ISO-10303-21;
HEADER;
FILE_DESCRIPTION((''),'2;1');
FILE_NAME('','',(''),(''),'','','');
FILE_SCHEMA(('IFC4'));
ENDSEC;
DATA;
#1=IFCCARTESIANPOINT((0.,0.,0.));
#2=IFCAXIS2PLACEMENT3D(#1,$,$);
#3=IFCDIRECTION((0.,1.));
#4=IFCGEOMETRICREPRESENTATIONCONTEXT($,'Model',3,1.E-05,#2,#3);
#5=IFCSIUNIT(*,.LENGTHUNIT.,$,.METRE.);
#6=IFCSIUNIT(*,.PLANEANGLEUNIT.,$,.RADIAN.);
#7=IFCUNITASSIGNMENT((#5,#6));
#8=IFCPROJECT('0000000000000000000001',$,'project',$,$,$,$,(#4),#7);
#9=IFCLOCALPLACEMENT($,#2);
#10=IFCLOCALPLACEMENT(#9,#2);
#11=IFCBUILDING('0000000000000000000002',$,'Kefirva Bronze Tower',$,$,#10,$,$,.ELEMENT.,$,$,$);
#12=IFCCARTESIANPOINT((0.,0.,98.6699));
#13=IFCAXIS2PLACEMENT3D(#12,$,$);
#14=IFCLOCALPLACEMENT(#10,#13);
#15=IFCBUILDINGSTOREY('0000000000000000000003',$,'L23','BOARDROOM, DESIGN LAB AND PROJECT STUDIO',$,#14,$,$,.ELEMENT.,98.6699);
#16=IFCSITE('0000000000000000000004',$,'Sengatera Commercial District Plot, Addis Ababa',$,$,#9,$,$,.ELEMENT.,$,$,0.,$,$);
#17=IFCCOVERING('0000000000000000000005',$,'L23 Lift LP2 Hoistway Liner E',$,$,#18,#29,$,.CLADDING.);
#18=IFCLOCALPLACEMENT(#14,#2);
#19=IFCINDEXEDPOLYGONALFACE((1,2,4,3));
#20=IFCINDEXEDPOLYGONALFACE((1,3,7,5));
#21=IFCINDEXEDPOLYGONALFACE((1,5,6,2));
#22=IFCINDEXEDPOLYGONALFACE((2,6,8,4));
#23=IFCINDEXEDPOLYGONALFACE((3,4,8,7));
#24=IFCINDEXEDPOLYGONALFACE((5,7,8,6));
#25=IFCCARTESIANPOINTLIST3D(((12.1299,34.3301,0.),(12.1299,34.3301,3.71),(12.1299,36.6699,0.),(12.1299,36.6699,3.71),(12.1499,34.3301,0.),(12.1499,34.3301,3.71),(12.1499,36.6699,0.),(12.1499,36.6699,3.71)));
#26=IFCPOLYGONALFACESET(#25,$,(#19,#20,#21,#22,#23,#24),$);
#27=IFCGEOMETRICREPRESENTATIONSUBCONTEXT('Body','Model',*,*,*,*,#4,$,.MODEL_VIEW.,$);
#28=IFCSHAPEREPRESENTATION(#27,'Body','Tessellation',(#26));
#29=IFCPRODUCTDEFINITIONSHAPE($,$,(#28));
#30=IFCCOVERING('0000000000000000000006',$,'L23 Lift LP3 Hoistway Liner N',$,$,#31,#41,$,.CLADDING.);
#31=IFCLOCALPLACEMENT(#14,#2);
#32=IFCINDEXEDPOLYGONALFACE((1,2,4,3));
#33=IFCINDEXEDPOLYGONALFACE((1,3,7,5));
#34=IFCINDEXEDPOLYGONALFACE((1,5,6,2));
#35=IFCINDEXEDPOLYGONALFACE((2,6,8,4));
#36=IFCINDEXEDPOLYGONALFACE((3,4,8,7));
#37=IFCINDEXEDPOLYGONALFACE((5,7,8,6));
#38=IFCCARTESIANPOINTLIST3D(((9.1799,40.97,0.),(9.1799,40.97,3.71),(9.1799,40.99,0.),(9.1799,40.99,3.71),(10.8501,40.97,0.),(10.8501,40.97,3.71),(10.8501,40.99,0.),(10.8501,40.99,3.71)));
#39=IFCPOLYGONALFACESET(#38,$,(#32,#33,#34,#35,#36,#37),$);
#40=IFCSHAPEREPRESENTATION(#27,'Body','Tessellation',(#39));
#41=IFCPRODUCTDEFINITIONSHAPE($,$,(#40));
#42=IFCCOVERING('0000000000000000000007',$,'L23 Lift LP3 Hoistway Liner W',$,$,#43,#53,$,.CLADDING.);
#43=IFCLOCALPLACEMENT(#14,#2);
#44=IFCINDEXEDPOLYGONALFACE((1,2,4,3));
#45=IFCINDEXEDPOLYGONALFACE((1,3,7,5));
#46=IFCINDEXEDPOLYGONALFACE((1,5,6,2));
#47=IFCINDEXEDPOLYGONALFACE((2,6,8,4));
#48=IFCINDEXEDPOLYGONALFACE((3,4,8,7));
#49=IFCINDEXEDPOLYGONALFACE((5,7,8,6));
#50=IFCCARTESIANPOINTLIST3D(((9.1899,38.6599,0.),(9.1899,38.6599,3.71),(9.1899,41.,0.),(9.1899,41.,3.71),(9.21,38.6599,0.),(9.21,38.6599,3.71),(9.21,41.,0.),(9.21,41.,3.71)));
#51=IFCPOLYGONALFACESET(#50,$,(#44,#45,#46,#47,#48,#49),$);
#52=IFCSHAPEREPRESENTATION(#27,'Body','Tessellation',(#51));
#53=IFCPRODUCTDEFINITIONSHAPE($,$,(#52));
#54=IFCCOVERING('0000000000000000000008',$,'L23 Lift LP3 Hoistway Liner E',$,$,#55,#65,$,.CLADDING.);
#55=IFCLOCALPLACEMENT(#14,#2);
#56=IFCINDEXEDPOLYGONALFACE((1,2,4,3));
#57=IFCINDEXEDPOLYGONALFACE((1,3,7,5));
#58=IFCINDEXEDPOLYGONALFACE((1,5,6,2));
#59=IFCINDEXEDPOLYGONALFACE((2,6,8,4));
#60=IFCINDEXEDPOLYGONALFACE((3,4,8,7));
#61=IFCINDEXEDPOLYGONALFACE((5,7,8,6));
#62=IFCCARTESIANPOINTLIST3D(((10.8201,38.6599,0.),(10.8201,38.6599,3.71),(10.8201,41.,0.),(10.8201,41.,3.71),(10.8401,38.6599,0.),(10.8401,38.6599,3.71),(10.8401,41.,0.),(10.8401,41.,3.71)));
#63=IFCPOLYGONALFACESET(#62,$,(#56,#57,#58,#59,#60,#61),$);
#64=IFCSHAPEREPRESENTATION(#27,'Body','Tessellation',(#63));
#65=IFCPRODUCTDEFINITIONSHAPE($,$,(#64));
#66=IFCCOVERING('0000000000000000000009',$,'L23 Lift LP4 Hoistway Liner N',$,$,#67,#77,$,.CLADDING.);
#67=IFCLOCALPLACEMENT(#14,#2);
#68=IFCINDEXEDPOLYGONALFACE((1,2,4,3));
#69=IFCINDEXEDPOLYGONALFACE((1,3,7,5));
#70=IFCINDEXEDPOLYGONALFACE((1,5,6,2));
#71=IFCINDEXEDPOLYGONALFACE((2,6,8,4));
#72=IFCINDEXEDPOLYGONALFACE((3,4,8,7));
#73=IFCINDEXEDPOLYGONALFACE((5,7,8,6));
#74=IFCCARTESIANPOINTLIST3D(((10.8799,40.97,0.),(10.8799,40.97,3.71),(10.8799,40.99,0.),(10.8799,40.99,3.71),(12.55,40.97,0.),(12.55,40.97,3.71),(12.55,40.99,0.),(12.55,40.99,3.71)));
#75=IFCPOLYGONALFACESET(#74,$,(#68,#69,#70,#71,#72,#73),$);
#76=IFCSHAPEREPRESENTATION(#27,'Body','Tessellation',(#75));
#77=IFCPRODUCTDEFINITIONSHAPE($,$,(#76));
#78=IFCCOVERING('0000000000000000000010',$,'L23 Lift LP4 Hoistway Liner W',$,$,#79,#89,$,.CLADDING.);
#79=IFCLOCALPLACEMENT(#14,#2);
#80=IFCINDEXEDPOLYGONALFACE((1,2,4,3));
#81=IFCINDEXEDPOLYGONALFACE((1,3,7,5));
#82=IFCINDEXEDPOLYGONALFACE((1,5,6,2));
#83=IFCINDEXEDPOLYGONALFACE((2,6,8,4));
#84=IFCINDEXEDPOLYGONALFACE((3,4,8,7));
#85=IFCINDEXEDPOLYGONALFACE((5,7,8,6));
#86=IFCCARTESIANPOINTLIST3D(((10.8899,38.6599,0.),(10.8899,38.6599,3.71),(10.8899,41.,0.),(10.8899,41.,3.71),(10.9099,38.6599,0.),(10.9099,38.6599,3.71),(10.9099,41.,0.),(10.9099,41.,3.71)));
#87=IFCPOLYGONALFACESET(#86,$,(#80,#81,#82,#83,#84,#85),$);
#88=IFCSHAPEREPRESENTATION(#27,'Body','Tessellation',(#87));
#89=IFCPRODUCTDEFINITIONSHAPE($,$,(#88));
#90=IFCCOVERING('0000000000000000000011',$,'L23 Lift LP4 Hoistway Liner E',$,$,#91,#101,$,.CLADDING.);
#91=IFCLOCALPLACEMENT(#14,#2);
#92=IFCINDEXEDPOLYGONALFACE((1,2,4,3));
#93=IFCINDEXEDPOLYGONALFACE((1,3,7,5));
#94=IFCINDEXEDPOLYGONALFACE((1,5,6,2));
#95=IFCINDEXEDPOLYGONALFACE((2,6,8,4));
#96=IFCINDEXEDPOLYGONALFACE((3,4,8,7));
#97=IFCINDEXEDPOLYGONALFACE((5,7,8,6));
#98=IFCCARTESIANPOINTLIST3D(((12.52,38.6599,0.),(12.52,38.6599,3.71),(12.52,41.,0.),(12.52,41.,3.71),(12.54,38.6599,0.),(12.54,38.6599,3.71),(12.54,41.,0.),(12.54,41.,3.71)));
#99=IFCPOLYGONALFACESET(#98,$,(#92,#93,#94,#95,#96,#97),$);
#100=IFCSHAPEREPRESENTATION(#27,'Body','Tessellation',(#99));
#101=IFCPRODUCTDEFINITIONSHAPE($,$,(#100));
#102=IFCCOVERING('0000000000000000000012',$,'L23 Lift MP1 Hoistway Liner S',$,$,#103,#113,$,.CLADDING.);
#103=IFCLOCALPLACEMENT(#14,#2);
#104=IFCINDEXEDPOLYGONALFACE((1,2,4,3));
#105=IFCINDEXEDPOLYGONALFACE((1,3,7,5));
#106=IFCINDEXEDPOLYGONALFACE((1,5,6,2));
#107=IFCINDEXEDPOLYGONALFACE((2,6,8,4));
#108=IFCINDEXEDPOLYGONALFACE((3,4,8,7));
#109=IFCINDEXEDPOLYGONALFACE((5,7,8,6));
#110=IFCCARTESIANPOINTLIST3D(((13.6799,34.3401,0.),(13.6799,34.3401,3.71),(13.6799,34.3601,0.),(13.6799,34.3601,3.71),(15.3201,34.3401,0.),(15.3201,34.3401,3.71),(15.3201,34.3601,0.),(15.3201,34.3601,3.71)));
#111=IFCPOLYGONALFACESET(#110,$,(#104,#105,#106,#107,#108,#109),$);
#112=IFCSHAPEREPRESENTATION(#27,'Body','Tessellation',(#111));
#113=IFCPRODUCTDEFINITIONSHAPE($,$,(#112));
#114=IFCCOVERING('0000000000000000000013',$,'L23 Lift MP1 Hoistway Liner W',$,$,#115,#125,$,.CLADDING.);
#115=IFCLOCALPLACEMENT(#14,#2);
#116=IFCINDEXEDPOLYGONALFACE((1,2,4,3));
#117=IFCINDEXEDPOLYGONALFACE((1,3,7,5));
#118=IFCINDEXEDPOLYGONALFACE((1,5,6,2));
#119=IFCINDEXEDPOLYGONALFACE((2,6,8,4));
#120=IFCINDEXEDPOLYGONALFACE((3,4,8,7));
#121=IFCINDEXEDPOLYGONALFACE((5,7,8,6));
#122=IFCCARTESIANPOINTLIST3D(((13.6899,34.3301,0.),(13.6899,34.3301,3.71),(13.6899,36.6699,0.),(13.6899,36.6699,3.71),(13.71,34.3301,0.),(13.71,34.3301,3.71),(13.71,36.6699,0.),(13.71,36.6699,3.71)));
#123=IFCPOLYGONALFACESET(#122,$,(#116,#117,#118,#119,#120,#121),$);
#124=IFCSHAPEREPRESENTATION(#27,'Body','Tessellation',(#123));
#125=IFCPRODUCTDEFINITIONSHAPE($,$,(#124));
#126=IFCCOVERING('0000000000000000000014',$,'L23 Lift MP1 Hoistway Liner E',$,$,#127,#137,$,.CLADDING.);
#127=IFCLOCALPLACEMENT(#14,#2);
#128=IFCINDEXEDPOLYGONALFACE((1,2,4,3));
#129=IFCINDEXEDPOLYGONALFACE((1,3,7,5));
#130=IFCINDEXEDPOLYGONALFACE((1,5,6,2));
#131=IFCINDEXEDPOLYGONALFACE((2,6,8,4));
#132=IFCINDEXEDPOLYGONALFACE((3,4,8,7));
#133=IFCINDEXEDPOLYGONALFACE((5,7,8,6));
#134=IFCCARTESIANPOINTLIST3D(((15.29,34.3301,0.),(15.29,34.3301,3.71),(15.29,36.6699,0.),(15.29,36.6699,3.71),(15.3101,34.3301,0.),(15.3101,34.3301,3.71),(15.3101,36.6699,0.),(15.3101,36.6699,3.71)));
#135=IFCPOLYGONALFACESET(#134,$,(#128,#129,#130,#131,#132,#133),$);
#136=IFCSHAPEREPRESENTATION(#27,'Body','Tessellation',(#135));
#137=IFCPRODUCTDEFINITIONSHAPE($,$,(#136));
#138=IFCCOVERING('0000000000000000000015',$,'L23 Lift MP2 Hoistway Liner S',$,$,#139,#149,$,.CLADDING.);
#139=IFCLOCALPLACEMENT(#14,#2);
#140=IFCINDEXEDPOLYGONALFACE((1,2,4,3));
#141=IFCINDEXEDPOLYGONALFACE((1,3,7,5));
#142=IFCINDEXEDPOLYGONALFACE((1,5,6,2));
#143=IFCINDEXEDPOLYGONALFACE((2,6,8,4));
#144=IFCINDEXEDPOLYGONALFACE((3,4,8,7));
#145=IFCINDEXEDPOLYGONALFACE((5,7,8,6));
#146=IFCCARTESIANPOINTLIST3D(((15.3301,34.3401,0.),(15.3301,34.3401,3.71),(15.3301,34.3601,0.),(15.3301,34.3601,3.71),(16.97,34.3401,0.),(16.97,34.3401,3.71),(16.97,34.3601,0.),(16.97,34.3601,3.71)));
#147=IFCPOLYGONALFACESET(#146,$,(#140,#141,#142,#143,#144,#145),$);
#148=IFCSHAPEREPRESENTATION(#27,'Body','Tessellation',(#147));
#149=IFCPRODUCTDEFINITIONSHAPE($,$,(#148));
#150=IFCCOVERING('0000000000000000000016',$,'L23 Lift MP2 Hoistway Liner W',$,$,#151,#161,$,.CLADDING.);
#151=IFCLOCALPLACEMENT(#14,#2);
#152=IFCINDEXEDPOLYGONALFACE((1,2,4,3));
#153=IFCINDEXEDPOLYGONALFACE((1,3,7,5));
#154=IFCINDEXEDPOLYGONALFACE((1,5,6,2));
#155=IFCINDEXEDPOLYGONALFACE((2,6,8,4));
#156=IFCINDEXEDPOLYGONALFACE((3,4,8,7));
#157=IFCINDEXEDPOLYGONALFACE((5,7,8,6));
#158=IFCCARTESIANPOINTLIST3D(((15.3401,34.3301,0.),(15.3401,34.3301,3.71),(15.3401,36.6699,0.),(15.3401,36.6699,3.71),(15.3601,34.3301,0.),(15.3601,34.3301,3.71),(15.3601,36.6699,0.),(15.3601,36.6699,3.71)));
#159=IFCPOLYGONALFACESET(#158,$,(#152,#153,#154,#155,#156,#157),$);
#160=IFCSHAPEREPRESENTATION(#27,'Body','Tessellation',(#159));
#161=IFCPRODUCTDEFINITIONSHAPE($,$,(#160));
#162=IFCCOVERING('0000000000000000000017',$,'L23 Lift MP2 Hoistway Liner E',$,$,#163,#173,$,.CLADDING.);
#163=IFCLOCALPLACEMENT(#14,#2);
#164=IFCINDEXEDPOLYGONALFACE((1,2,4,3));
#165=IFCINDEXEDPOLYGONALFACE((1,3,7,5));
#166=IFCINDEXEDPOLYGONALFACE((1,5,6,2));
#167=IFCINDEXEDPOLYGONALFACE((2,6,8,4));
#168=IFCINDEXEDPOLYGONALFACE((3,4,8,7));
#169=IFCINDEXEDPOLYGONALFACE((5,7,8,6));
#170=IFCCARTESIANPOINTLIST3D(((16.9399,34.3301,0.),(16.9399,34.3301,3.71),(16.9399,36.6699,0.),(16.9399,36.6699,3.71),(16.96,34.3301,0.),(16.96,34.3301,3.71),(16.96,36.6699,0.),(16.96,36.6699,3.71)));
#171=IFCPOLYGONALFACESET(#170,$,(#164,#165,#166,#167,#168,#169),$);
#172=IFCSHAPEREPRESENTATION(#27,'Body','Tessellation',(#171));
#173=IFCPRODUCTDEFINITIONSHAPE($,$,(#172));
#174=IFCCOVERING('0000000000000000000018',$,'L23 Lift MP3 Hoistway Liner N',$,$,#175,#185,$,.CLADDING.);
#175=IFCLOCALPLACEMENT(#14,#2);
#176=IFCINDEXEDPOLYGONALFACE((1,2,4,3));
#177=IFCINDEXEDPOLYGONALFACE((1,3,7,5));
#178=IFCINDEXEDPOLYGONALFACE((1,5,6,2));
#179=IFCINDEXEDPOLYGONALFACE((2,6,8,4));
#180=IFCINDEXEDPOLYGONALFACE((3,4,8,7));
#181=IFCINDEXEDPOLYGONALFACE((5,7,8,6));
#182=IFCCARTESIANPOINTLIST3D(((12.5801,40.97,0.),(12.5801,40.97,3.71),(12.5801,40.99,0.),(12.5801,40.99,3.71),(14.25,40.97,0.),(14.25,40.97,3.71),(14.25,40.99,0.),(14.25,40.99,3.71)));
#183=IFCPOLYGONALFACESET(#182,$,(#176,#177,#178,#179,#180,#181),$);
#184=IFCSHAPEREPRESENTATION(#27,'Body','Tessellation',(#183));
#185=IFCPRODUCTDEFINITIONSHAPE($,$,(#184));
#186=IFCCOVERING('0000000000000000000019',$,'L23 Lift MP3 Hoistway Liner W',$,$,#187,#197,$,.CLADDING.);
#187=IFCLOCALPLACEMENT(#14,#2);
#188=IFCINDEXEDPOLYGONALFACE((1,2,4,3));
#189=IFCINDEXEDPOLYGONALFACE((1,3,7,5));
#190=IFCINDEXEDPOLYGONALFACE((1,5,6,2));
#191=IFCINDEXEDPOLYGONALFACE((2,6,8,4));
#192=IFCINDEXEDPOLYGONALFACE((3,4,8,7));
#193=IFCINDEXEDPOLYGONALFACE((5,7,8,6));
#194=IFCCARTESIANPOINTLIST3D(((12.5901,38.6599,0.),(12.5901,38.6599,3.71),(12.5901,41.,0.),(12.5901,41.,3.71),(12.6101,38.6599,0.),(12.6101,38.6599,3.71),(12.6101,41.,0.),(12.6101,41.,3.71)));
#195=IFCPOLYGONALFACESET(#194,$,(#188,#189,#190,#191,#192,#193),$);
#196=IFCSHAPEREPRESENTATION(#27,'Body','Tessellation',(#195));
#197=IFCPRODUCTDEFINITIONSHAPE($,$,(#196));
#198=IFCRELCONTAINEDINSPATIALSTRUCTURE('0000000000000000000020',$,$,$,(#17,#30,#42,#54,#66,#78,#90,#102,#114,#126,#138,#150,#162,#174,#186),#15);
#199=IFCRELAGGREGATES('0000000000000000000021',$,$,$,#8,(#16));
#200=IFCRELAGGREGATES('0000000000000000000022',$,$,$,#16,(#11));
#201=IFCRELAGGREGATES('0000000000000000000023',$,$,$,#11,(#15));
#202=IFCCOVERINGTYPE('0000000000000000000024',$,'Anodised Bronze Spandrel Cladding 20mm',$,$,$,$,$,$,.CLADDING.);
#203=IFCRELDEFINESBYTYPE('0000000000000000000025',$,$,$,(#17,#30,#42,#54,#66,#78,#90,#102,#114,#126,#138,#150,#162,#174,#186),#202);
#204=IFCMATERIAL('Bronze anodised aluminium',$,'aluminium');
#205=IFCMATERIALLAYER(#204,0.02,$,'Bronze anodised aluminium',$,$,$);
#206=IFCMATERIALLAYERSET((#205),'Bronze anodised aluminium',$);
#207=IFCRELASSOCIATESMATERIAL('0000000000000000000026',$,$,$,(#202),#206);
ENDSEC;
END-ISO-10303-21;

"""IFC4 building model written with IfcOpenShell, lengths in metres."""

from ifc_helpers import new_model, si_unit, direction, frame, origin, place, context, subcontext, project, spatial, polyline, outline, extrude, material, layer, layer_set, type_object, element, save


model = new_model("IFC4")

# Units and contexts
model_context = context("Model", 3, precision=1e-05, world=origin(), true_north=direction((0.0, 1.0)))
body_context = subcontext(model_context, "Body", "Model", "MODEL_VIEW")
ifc_project = project(units=[si_unit("LENGTHUNIT", "METRE"), si_unit("PLANEANGLEUNIT", "RADIAN")], contexts=[model_context])

# Site, building, storey
site_placement = place(None, origin())
site = spatial("IfcSite", under=ifc_project, at=site_placement, Name="Sengatera Commercial District Plot, Addis Ababa", CompositionType="ELEMENT", RefElevation=0.0)
building_placement = place(site_placement, origin())
building = spatial("IfcBuilding", under=site, at=building_placement, Name="Kefirva Bronze Tower", CompositionType="ELEMENT")
storey_placement = place(building_placement, frame((0.0, 0.0, 98.6699)))
storey = spatial("IfcBuildingStorey", under=building, at=storey_placement, Name="L23", Description="BOARDROOM, DESIGN LAB AND PROJECT STUDIO", CompositionType="ELEMENT", Elevation=98.6699)

# Coverings
ifc_material = material(Name="Bronze anodised aluminium", Category="aluminium")
ifc_layer_1 = layer(ifc_material, 0.02, Name="Bronze anodised aluminium")
ifc_layer_set_1 = layer_set([ifc_layer_1], Name="Bronze anodised aluminium")
covering_type_1 = type_object("IfcCoveringType", Name="Anodised Bronze Spandrel Cladding 20mm", PredefinedType="CLADDING", material=ifc_layer_set_1)
covering_1_placement = place(storey_placement, origin())
element("IfcCovering", 1, at=covering_1_placement, inside=storey, type_object=covering_type_1, Name="L23 Lift LP2 Hoistway Liner E", PredefinedType="CLADDING", context=body_context, shape_type="SweptSolid", body=[
    extrude(outline(polyline([(12.1299, 34.3301), (12.1499, 34.3301), (12.1499, 36.6699), (12.1299, 36.6699), (12.1299, 34.3301)])), origin(), (0.0, 0.0, 1.0), 3.71),
])
covering_2_placement = place(storey_placement, origin())
element("IfcCovering", 2, at=covering_2_placement, inside=storey, type_object=covering_type_1, Name="L23 Lift LP3 Hoistway Liner N", PredefinedType="CLADDING", context=body_context, shape_type="SweptSolid", body=[
    extrude(outline(polyline([(9.1799, 40.97), (10.8501, 40.97), (10.8501, 40.99), (9.1799, 40.99), (9.1799, 40.97)])), origin(), (0.0, 0.0, 1.0), 3.71),
])
covering_3_placement = place(storey_placement, origin())
element("IfcCovering", 3, at=covering_3_placement, inside=storey, type_object=covering_type_1, Name="L23 Lift LP3 Hoistway Liner W", PredefinedType="CLADDING", context=body_context, shape_type="SweptSolid", body=[
    extrude(outline(polyline([(9.1899, 38.6599), (9.21, 38.6599), (9.21, 41.0), (9.1899, 41.0), (9.1899, 38.6599)])), origin(), (0.0, 0.0, 1.0), 3.71),
])
covering_4_placement = place(storey_placement, origin())
element("IfcCovering", 4, at=covering_4_placement, inside=storey, type_object=covering_type_1, Name="L23 Lift LP3 Hoistway Liner E", PredefinedType="CLADDING", context=body_context, shape_type="SweptSolid", body=[
    extrude(outline(polyline([(10.8201, 38.6599), (10.8401, 38.6599), (10.8401, 41.0), (10.8201, 41.0), (10.8201, 38.6599)])), origin(), (0.0, 0.0, 1.0), 3.71),
])
covering_5_placement = place(storey_placement, origin())
element("IfcCovering", 5, at=covering_5_placement, inside=storey, type_object=covering_type_1, Name="L23 Lift LP4 Hoistway Liner N", PredefinedType="CLADDING", context=body_context, shape_type="SweptSolid", body=[
    extrude(outline(polyline([(10.8799, 40.97), (12.55, 40.97), (12.55, 40.99), (10.8799, 40.99), (10.8799, 40.97)])), origin(), (0.0, 0.0, 1.0), 3.71),
])
covering_6_placement = place(storey_placement, origin())
element("IfcCovering", 6, at=covering_6_placement, inside=storey, type_object=covering_type_1, Name="L23 Lift LP4 Hoistway Liner W", PredefinedType="CLADDING", context=body_context, shape_type="SweptSolid", body=[
    extrude(outline(polyline([(10.8899, 38.6599), (10.9099, 38.6599), (10.9099, 41.0), (10.8899, 41.0), (10.8899, 38.6599)])), origin(), (0.0, 0.0, 1.0), 3.71),
])
covering_7_placement = place(storey_placement, origin())
element("IfcCovering", 7, at=covering_7_placement, inside=storey, type_object=covering_type_1, Name="L23 Lift LP4 Hoistway Liner E", PredefinedType="CLADDING", context=body_context, shape_type="SweptSolid", body=[
    extrude(outline(polyline([(12.52, 38.6599), (12.54, 38.6599), (12.54, 41.0), (12.52, 41.0), (12.52, 38.6599)])), origin(), (0.0, 0.0, 1.0), 3.71),
])
covering_8_placement = place(storey_placement, origin())
element("IfcCovering", 8, at=covering_8_placement, inside=storey, type_object=covering_type_1, Name="L23 Lift MP1 Hoistway Liner S", PredefinedType="CLADDING", context=body_context, shape_type="SweptSolid", body=[
    extrude(outline(polyline([(13.6799, 34.3401), (15.3201, 34.3401), (15.3201, 34.3601), (13.6799, 34.3601), (13.6799, 34.3401)])), origin(), (0.0, 0.0, 1.0), 3.71),
])
covering_9_placement = place(storey_placement, origin())
element("IfcCovering", 9, at=covering_9_placement, inside=storey, type_object=covering_type_1, Name="L23 Lift MP1 Hoistway Liner W", PredefinedType="CLADDING", context=body_context, shape_type="SweptSolid", body=[
    extrude(outline(polyline([(13.6899, 34.3301), (13.71, 34.3301), (13.71, 36.6699), (13.6899, 36.6699), (13.6899, 34.3301)])), origin(), (0.0, 0.0, 1.0), 3.71),
])
covering_10_placement = place(storey_placement, origin())
element("IfcCovering", 10, at=covering_10_placement, inside=storey, type_object=covering_type_1, Name="L23 Lift MP1 Hoistway Liner E", PredefinedType="CLADDING", context=body_context, shape_type="SweptSolid", body=[
    extrude(outline(polyline([(15.29, 34.3301), (15.3101, 34.3301), (15.3101, 36.6699), (15.29, 36.6699), (15.29, 34.3301)])), origin(), (0.0, 0.0, 1.0), 3.71),
])
covering_11_placement = place(storey_placement, origin())
element("IfcCovering", 11, at=covering_11_placement, inside=storey, type_object=covering_type_1, Name="L23 Lift MP2 Hoistway Liner S", PredefinedType="CLADDING", context=body_context, shape_type="SweptSolid", body=[
    extrude(outline(polyline([(15.3301, 34.3401), (16.97, 34.3401), (16.97, 34.3601), (15.3301, 34.3601), (15.3301, 34.3401)])), origin(), (0.0, 0.0, 1.0), 3.71),
])
covering_12_placement = place(storey_placement, origin())
element("IfcCovering", 12, at=covering_12_placement, inside=storey, type_object=covering_type_1, Name="L23 Lift MP2 Hoistway Liner W", PredefinedType="CLADDING", context=body_context, shape_type="SweptSolid", body=[
    extrude(outline(polyline([(15.3401, 34.3301), (15.3601, 34.3301), (15.3601, 36.6699), (15.3401, 36.6699), (15.3401, 34.3301)])), origin(), (0.0, 0.0, 1.0), 3.71),
])
covering_13_placement = place(storey_placement, origin())
element("IfcCovering", 13, at=covering_13_placement, inside=storey, type_object=covering_type_1, Name="L23 Lift MP2 Hoistway Liner E", PredefinedType="CLADDING", context=body_context, shape_type="SweptSolid", body=[
    extrude(outline(polyline([(16.9399, 34.3301), (16.96, 34.3301), (16.96, 36.6699), (16.9399, 36.6699), (16.9399, 34.3301)])), origin(), (0.0, 0.0, 1.0), 3.71),
])
covering_14_placement = place(storey_placement, origin())
element("IfcCovering", 14, at=covering_14_placement, inside=storey, type_object=covering_type_1, Name="L23 Lift MP3 Hoistway Liner N", PredefinedType="CLADDING", context=body_context, shape_type="SweptSolid", body=[
    extrude(outline(polyline([(12.5801, 40.97), (14.25, 40.97), (14.25, 40.99), (12.5801, 40.99), (12.5801, 40.97)])), origin(), (0.0, 0.0, 1.0), 3.71),
])
covering_15_placement = place(storey_placement, origin())
element("IfcCovering", 15, at=covering_15_placement, inside=storey, type_object=covering_type_1, Name="L23 Lift MP3 Hoistway Liner W", PredefinedType="CLADDING", context=body_context, shape_type="SweptSolid", body=[
    extrude(outline(polyline([(12.5901, 38.6599), (12.6101, 38.6599), (12.6101, 41.0), (12.5901, 41.0), (12.5901, 38.6599)])), origin(), (0.0, 0.0, 1.0), 3.71),
])

save(model, "model.ifc")
